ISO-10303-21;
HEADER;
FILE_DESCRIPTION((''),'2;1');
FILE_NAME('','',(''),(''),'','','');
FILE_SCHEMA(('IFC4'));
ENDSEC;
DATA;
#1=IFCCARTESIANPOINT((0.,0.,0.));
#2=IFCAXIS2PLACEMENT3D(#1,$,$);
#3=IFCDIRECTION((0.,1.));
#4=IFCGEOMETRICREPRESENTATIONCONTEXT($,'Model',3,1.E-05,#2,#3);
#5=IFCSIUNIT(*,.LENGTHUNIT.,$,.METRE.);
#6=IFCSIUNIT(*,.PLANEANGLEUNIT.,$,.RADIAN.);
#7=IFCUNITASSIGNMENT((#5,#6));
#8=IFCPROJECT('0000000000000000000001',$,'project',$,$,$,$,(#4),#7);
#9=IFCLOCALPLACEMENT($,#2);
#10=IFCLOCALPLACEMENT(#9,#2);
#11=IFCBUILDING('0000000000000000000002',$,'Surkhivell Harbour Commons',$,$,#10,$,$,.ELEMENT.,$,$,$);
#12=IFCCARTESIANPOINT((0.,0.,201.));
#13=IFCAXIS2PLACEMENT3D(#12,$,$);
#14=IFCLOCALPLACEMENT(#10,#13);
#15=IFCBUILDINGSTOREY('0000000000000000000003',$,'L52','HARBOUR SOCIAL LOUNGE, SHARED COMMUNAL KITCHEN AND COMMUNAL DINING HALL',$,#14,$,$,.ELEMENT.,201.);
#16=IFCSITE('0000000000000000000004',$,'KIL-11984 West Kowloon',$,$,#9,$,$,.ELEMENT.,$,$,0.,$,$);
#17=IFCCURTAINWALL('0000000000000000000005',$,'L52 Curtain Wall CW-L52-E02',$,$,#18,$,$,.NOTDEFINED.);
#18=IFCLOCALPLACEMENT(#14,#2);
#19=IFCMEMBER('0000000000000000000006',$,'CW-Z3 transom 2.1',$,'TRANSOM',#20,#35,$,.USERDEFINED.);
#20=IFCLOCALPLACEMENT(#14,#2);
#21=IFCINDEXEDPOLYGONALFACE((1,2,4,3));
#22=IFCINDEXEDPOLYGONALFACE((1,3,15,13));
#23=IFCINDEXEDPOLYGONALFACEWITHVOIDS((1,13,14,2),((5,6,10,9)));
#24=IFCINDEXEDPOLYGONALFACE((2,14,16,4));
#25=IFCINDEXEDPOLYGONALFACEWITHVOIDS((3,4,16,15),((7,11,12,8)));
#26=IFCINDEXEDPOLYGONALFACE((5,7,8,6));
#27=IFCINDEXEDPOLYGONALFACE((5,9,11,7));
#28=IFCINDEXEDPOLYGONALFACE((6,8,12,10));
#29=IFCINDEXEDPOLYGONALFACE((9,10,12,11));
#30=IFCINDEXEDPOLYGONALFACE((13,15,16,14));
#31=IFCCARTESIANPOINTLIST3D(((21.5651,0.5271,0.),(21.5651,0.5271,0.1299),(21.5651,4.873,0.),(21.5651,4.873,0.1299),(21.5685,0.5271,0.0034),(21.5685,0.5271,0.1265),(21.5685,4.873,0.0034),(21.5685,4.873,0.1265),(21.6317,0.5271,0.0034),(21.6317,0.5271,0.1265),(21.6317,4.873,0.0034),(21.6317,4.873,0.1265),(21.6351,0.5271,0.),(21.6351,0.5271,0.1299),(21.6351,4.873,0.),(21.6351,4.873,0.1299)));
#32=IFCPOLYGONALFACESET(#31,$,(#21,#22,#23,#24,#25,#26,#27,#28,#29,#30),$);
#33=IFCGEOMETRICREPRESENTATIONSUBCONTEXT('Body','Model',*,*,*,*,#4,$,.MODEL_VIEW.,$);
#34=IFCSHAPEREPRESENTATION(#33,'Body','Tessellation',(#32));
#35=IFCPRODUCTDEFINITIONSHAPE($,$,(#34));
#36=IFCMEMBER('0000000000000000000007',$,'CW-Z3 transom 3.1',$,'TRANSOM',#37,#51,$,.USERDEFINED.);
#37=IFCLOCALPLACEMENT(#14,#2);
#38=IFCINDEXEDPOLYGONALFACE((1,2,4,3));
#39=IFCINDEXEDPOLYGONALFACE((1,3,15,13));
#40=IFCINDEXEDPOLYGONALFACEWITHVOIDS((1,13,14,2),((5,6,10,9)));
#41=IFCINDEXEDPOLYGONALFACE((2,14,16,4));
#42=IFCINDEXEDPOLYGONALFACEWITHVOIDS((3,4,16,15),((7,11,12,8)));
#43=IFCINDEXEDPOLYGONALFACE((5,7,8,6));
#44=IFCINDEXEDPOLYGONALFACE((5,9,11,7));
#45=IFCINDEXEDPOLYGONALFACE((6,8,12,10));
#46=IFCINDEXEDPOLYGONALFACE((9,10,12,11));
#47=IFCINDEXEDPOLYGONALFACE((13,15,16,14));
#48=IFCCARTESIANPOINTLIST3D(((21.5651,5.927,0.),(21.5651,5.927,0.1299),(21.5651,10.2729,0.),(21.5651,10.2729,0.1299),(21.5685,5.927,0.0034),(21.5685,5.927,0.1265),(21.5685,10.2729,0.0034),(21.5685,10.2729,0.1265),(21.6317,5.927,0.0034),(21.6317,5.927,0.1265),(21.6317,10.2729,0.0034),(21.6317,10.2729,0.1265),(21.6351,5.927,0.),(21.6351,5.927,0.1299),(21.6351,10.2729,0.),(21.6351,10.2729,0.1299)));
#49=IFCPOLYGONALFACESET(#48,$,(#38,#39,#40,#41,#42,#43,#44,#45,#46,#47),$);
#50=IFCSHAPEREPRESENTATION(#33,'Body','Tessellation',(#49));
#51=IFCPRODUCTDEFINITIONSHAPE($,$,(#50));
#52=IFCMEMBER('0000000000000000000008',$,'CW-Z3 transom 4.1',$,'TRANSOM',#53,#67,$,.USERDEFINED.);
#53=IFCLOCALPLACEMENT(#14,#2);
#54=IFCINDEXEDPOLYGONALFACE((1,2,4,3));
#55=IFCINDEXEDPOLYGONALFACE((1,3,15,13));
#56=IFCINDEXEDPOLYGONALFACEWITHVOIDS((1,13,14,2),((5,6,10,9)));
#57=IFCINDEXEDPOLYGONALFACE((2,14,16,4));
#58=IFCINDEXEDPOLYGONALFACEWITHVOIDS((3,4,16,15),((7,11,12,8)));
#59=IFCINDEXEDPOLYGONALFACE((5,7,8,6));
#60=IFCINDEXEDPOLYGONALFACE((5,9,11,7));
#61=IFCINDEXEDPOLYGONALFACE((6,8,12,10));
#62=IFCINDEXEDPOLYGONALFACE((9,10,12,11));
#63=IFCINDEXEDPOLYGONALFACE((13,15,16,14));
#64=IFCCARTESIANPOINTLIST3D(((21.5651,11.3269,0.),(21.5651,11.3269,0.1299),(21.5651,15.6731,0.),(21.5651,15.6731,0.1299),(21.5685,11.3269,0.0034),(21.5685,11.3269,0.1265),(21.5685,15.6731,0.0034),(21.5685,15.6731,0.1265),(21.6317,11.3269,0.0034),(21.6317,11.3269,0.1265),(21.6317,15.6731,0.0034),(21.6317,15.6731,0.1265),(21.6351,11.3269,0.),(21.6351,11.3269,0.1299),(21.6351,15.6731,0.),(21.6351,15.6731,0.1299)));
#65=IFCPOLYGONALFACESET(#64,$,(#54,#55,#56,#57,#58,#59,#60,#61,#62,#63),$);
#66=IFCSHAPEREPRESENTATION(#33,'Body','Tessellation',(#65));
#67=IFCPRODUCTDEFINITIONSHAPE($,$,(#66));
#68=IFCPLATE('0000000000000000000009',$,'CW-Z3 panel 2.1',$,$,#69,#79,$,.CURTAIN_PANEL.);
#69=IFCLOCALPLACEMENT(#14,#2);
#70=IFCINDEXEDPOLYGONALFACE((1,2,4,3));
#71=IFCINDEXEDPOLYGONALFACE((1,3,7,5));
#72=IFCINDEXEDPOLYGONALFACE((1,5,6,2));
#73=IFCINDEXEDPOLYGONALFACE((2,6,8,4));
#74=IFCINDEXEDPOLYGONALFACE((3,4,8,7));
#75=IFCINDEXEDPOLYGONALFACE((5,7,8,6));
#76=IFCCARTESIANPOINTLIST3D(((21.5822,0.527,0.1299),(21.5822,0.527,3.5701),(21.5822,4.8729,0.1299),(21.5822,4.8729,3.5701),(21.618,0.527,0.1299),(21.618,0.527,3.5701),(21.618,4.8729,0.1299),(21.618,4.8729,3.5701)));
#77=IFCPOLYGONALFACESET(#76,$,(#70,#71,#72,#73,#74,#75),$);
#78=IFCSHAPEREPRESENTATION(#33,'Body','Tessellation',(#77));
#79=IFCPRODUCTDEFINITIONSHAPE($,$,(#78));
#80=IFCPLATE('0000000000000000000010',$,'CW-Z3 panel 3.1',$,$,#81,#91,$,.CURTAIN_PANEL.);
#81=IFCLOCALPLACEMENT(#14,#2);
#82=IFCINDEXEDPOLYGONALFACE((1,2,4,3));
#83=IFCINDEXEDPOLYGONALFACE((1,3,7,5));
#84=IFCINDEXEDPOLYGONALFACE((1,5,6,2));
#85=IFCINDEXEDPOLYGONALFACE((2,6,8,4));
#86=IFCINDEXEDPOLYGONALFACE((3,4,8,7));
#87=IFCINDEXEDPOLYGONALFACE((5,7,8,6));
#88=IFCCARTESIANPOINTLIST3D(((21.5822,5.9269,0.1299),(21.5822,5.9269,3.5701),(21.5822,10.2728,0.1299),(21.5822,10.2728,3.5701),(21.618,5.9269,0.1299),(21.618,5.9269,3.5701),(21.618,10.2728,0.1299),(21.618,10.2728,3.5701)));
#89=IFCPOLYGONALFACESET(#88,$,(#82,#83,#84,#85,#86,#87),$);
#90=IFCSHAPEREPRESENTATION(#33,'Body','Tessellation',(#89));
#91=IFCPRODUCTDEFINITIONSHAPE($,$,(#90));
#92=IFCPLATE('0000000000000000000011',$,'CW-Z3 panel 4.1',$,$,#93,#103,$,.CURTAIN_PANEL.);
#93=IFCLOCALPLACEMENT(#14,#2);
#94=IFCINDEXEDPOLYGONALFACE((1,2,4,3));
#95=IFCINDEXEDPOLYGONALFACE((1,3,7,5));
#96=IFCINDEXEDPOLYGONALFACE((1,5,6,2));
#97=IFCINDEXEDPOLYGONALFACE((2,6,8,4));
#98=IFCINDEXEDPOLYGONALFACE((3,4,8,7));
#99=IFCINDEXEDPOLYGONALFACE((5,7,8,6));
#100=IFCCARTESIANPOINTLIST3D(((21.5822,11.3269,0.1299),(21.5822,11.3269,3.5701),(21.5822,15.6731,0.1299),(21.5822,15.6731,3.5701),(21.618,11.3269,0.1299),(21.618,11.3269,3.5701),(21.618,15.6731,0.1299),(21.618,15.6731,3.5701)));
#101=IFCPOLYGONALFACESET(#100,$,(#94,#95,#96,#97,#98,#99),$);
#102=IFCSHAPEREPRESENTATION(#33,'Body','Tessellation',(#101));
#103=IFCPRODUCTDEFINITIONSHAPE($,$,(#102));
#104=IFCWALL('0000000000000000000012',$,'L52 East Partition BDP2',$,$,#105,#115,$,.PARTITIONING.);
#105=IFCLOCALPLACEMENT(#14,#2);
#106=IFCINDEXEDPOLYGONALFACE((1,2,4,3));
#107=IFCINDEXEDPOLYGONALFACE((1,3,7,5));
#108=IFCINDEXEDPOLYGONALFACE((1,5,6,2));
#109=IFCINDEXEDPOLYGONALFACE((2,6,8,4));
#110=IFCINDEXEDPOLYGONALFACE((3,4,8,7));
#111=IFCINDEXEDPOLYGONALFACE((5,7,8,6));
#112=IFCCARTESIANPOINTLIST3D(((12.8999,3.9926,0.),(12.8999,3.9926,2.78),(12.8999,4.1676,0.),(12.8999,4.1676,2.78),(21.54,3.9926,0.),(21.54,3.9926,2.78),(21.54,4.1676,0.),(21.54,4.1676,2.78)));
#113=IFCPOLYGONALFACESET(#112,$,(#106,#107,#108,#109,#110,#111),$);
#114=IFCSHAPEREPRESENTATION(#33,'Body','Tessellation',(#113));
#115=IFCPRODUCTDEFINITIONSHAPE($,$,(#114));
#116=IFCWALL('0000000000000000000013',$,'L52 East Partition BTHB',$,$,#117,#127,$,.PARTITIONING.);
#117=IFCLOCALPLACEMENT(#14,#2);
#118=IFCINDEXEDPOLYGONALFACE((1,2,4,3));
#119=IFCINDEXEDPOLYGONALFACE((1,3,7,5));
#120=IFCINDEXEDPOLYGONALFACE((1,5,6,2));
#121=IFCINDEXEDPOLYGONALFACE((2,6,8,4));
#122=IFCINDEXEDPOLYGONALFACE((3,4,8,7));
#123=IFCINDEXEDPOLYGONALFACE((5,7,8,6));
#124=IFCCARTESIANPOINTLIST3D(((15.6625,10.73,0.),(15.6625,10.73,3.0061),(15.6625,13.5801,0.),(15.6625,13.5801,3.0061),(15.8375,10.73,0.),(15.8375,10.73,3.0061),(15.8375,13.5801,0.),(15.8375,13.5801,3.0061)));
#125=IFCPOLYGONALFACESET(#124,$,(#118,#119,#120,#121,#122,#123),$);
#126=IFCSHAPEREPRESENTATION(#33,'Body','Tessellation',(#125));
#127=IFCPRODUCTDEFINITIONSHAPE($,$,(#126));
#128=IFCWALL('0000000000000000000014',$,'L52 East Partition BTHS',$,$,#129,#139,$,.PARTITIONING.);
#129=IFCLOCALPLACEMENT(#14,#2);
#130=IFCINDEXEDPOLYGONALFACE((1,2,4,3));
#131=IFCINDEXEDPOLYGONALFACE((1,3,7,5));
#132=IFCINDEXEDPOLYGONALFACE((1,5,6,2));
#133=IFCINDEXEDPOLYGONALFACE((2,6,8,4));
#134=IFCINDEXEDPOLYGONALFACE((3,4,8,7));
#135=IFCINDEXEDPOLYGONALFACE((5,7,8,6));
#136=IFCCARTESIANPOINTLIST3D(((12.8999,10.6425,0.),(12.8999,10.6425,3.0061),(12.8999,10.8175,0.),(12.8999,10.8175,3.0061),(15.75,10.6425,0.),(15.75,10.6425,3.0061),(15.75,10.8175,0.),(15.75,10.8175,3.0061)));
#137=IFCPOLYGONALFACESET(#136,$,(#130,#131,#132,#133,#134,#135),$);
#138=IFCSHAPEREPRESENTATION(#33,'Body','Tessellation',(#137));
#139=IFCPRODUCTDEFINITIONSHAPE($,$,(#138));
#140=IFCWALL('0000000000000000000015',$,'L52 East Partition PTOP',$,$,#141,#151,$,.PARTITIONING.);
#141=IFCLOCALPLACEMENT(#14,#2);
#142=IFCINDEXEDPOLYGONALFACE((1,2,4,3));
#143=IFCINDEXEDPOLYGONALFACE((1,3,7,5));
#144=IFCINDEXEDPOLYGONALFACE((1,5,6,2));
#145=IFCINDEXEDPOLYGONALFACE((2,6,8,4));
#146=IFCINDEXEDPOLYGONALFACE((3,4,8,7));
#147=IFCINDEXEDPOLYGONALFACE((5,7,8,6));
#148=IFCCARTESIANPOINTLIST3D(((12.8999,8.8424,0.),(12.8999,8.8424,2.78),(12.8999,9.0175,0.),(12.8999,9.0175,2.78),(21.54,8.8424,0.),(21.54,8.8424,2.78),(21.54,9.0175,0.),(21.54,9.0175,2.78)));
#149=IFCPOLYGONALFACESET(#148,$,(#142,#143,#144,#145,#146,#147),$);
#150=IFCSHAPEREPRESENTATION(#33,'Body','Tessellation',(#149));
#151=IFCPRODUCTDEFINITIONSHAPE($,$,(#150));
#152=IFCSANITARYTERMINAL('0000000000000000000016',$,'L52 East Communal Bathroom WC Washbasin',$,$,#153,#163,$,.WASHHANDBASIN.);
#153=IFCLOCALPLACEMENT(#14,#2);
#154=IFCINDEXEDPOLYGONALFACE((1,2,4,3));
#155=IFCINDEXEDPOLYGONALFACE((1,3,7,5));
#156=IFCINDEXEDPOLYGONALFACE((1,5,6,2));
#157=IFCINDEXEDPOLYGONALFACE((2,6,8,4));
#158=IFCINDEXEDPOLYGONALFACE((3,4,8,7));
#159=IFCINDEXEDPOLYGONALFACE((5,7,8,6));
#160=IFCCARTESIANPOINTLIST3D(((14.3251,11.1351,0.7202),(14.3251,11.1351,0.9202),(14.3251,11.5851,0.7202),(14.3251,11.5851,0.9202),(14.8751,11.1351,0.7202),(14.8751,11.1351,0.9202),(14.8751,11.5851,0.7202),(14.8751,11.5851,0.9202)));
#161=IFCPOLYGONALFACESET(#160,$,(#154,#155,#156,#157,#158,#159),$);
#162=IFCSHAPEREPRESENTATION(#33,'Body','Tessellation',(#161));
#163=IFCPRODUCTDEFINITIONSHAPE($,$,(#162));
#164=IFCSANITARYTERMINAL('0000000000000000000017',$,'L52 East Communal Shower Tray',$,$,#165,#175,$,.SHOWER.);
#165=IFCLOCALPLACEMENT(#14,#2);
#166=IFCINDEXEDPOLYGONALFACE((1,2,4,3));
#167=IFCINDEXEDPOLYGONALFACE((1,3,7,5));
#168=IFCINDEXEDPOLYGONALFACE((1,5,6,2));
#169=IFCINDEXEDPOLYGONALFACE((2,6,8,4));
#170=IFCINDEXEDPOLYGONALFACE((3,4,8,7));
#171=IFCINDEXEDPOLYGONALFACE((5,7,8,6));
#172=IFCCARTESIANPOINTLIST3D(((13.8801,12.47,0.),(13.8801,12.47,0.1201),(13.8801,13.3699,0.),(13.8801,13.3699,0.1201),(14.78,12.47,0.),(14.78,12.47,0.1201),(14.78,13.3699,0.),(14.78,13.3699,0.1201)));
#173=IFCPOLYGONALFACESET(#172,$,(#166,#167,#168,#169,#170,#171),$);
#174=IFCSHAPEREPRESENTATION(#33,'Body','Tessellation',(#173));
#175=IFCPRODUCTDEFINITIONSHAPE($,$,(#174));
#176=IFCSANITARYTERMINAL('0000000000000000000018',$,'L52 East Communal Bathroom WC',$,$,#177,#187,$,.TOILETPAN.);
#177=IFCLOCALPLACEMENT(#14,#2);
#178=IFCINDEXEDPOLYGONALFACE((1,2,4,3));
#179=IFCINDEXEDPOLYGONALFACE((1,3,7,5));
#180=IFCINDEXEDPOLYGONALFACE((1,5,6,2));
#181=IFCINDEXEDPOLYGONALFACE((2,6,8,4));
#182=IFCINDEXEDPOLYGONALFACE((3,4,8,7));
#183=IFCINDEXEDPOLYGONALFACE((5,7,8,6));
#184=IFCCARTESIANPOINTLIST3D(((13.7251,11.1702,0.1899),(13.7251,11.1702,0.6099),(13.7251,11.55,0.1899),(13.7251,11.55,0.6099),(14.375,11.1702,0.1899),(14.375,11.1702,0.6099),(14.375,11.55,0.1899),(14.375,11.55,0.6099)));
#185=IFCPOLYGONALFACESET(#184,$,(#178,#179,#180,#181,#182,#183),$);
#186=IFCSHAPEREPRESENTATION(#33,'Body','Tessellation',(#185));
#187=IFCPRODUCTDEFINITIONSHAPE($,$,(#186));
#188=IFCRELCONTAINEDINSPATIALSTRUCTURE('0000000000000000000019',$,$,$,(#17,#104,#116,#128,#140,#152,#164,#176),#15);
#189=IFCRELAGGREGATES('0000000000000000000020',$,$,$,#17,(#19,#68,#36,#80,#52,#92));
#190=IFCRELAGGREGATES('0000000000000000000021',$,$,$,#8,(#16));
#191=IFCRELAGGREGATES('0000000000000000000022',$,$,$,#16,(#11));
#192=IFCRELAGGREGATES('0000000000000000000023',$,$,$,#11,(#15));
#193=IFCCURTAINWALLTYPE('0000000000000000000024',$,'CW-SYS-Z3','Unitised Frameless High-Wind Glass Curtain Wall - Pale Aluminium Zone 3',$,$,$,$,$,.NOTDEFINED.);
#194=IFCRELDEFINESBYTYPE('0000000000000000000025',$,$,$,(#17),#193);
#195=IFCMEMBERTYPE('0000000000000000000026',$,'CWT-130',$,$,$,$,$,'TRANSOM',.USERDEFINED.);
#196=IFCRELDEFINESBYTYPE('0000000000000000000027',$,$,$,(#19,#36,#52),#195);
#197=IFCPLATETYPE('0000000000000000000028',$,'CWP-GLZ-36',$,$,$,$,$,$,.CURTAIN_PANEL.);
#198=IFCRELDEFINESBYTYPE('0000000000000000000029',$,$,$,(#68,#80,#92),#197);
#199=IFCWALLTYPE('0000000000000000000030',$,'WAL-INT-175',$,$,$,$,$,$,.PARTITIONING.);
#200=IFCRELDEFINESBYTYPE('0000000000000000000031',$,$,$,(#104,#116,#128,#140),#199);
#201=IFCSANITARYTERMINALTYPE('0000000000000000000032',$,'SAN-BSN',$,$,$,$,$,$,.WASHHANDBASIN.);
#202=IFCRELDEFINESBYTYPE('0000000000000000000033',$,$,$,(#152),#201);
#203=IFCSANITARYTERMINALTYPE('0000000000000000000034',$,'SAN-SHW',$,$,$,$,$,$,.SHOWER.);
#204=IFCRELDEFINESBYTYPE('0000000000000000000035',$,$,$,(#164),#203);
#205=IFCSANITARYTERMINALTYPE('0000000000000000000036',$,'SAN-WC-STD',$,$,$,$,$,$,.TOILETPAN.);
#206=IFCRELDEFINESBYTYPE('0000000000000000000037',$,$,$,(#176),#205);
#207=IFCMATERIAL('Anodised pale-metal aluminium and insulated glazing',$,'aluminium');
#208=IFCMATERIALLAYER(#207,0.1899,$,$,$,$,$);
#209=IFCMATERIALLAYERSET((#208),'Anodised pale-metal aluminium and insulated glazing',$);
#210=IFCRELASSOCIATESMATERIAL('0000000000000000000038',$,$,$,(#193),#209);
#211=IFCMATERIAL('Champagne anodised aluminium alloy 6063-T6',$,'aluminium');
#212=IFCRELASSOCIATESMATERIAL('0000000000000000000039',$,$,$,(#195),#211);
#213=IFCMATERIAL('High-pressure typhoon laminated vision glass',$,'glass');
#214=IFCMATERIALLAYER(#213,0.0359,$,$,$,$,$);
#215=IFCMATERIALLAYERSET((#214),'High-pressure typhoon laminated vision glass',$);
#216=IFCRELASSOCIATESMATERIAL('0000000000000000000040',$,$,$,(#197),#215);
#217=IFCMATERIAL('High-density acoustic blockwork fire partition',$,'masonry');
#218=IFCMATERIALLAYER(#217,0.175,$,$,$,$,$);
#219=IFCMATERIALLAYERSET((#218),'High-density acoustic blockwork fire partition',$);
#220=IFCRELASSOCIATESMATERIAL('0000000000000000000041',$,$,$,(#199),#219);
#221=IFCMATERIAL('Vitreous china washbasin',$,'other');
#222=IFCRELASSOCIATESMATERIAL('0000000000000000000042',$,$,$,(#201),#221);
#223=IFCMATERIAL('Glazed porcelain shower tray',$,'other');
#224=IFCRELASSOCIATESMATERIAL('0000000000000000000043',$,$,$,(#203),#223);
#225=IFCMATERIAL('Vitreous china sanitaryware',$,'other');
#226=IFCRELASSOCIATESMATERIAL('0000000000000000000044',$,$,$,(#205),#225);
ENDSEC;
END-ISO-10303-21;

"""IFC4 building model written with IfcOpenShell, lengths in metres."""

from ifc_helpers import new_model, si_unit, direction, frame, frame_2d, origin, origin_2d, place, context, subcontext, project, spatial, rectangle, hollow_rectangle, extrude, material, layer, layer_set, material_profile, profile_set, type_object, element, aggregate, save


model = new_model("IFC4")

# Units and contexts
model_context = context("Model", 3, precision=1e-05, world=origin(), true_north=direction((0.0, 1.0)))
body_context = subcontext(model_context, "Body", "Model", "MODEL_VIEW")
ifc_project = project(units=[si_unit("LENGTHUNIT", "METRE"), si_unit("PLANEANGLEUNIT", "RADIAN")], contexts=[model_context])

# Site, building, storey
site_placement = place(None, origin())
site = spatial("IfcSite", under=ifc_project, at=site_placement, Name="KIL-11984 West Kowloon", CompositionType="ELEMENT", RefElevation=0.0)
building_placement = place(site_placement, origin())
building = spatial("IfcBuilding", under=site, at=building_placement, Name="Surkhivell Harbour Commons", CompositionType="ELEMENT")
storey_placement = place(building_placement, frame((0.0, 0.0, 201.0)))
storey = spatial("IfcBuildingStorey", under=building, at=storey_placement, Name="L52", Description="HARBOUR SOCIAL LOUNGE, SHARED COMMUNAL KITCHEN AND COMMUNAL DINING HALL", CompositionType="ELEMENT", Elevation=201.0)

# Curtain wall, members, plates
ifc_material_1 = material(Name="Anodised pale-metal aluminium and insulated glazing", Category="aluminium")
ifc_layer_1 = layer(ifc_material_1, 0.1899)
ifc_layer_set_1 = layer_set([ifc_layer_1], Name="Anodised pale-metal aluminium and insulated glazing")
curtain_wall_type = type_object("IfcCurtainWallType", Name="CW-SYS-Z3", Description="Unitised Frameless High-Wind Glass Curtain Wall - Pale Aluminium Zone 3", PredefinedType="NOTDEFINED", material=ifc_layer_set_1)
curtain_wall_placement = place(storey_placement, origin())
curtain_wall = element("IfcCurtainWall", 1, at=curtain_wall_placement, inside=storey, type_object=curtain_wall_type, Name="L52 Curtain Wall CW-L52-E02", PredefinedType="NOTDEFINED")
ifc_material_2 = material(Name="Champagne anodised aluminium alloy 6063-T6", Category="aluminium")
ifc_material_profile_1 = material_profile(ifc_material_2, hollow_rectangle(XDim=0.0701, YDim=0.1299, WallThickness=0.0034, at=origin_2d()), Name="ALU-TRAN-70x130")
ifc_profile_set_1 = profile_set([ifc_material_profile_1], Name="Champagne anodised aluminium alloy 6063-T6")
member_type_1 = type_object("IfcMemberType", Name="CWT-130", ElementType="TRANSOM", PredefinedType="USERDEFINED", material=ifc_profile_set_1)
member_1_placement = place(storey_placement, frame((21.6001, 0.5271, 0.0649), z_axis=(0.0, 1.0, 0.0), x_axis=(-1.0, 0.0, 0.0)))
member_1 = element("IfcMember", 2, at=member_1_placement, type_object=member_type_1, Name="CW-Z3 transom 2.1", ObjectType="TRANSOM", PredefinedType="USERDEFINED", context=body_context, shape_type="SweptSolid", body=[
    extrude(hollow_rectangle(XDim=0.0701, YDim=0.1299, WallThickness=0.0034, at=origin_2d()), origin(), (0.0, 0.0, 1.0), 4.3459),
])
member_2_placement = place(storey_placement, frame((21.6001, 5.927, 0.0649), z_axis=(0.0, 1.0, 0.0), x_axis=(-1.0, 0.0, 0.0)))
member_2 = element("IfcMember", 3, at=member_2_placement, type_object=member_type_1, Name="CW-Z3 transom 3.1", ObjectType="TRANSOM", PredefinedType="USERDEFINED", context=body_context, shape_type="SweptSolid", body=[
    extrude(hollow_rectangle(XDim=0.0701, YDim=0.1299, WallThickness=0.0034, at=origin_2d()), origin(), (0.0, 0.0, 1.0), 4.3459),
])
member_3_placement = place(storey_placement, frame((21.6001, 11.3269, 0.0649), z_axis=(0.0, 1.0, 0.0), x_axis=(-1.0, 0.0, 0.0)))
member_3 = element("IfcMember", 4, at=member_3_placement, type_object=member_type_1, Name="CW-Z3 transom 4.1", ObjectType="TRANSOM", PredefinedType="USERDEFINED", context=body_context, shape_type="SweptSolid", body=[
    extrude(hollow_rectangle(XDim=0.0701, YDim=0.1299, WallThickness=0.0034, at=origin_2d()), origin(), (0.0, 0.0, 1.0), 4.3462),
])
ifc_material_3 = material(Name="High-pressure typhoon laminated vision glass", Category="glass")
ifc_layer_2 = layer(ifc_material_3, 0.0359)
ifc_layer_set_2 = layer_set([ifc_layer_2], Name="High-pressure typhoon laminated vision glass")
plate_type = type_object("IfcPlateType", Name="CWP-GLZ-36", PredefinedType="CURTAIN_PANEL", material=ifc_layer_set_2)
plate_1_placement = place(storey_placement, frame((21.6001, 0.5271, 0.1299), z_axis=(0.0, 0.0, 1.0), x_axis=(0.0, 1.0, 0.0)))
plate_1 = element("IfcPlate", 5, at=plate_1_placement, type_object=plate_type, Name="CW-Z3 panel 2.1", PredefinedType="CURTAIN_PANEL", context=body_context, shape_type="SweptSolid", body=[
    extrude(rectangle(XDim=4.3459, YDim=0.0359, at=frame_2d((2.1729, 0.0))), origin(), (0.0, 0.0, 1.0), 3.4402),
])
plate_2_placement = place(storey_placement, frame((21.6001, 5.927, 0.1299), z_axis=(0.0, 0.0, 1.0), x_axis=(0.0, 1.0, 0.0)))
plate_2 = element("IfcPlate", 6, at=plate_2_placement, type_object=plate_type, Name="CW-Z3 panel 3.1", PredefinedType="CURTAIN_PANEL", context=body_context, shape_type="SweptSolid", body=[
    extrude(rectangle(XDim=4.3459, YDim=0.0359, at=frame_2d((2.1729, 0.0))), origin(), (0.0, 0.0, 1.0), 3.4402),
])
plate_3_placement = place(storey_placement, frame((21.6001, 11.3269, 0.1299), z_axis=(0.0, 0.0, 1.0), x_axis=(0.0, 1.0, 0.0)))
plate_3 = element("IfcPlate", 7, at=plate_3_placement, type_object=plate_type, Name="CW-Z3 panel 4.1", PredefinedType="CURTAIN_PANEL", context=body_context, shape_type="SweptSolid", body=[
    extrude(rectangle(XDim=4.3462, YDim=0.0359, at=frame_2d((2.1731, 0.0))), origin(), (0.0, 0.0, 1.0), 3.4402),
])
aggregate(curtain_wall, [member_1, plate_1, member_2, plate_2, member_3, plate_3])

# Walls
ifc_material_4 = material(Name="High-density acoustic blockwork fire partition", Category="masonry")
ifc_layer_3 = layer(ifc_material_4, 0.175)
ifc_layer_set_3 = layer_set([ifc_layer_3], Name="High-density acoustic blockwork fire partition")
wall_type = type_object("IfcWallType", Name="WAL-INT-175", PredefinedType="PARTITIONING", material=ifc_layer_set_3)
wall_1_placement = place(storey_placement, frame((12.8999, 4.0801, 0.0), z_axis=(0.0, 0.0, 1.0), x_axis=(1.0, 0.0, 0.0)))
element("IfcWall", 8, at=wall_1_placement, inside=storey, type_object=wall_type, Name="L52 East Partition BDP2", PredefinedType="PARTITIONING", context=body_context, shape_type="SweptSolid", body=[
    extrude(rectangle(XDim=8.6401, YDim=0.175, at=frame_2d((4.3201, 0.0))), origin(), (0.0, 0.0, 1.0), 2.78),
])
for number, where, z_axis, x_axis, name in (
    (9, (15.75, 10.73, 0.0), (0.0, 0.0, 1.0), (0.0, 1.0, 0.0), "L52 East Partition BTHB"),
    (10, (12.8999, 10.73, 0.0), (0.0, 0.0, 1.0), (1.0, 0.0, 0.0), "L52 East Partition BTHS"),
):
    element("IfcWall", number, at=place(storey_placement, frame(where, z_axis=z_axis, x_axis=x_axis)), inside=storey, type_object=wall_type, Name=name, PredefinedType="PARTITIONING", context=body_context, shape_type="SweptSolid", body=[
        extrude(rectangle(XDim=2.8501, YDim=0.175, at=frame_2d((1.425, 0.0))), origin(), (0.0, 0.0, 1.0), 3.0061),
    ])
wall_2_placement = place(storey_placement, frame((12.8999, 8.9299, 0.0), z_axis=(0.0, 0.0, 1.0), x_axis=(1.0, 0.0, 0.0)))
element("IfcWall", 11, at=wall_2_placement, inside=storey, type_object=wall_type, Name="L52 East Partition PTOP", PredefinedType="PARTITIONING", context=body_context, shape_type="SweptSolid", body=[
    extrude(rectangle(XDim=8.6401, YDim=0.175, at=frame_2d((4.3201, 0.0))), origin(), (0.0, 0.0, 1.0), 2.78),
])

# Sanitary terminals
ifc_material_5 = material(Name="Vitreous china washbasin", Category="other")
sanitary_terminal_type_1 = type_object("IfcSanitaryTerminalType", Name="SAN-BSN", PredefinedType="WASHHANDBASIN", material=ifc_material_5)
sanitary_terminal_1_placement = place(storey_placement, frame((14.6001, 11.3601, 0.7202), z_axis=(0.0, 0.0, 1.0), x_axis=(1.0, 0.0, 0.0)))
element("IfcSanitaryTerminal", 12, at=sanitary_terminal_1_placement, inside=storey, type_object=sanitary_terminal_type_1, Name="L52 East Communal Bathroom WC Washbasin", PredefinedType="WASHHANDBASIN", context=body_context, shape_type="SweptSolid", body=[
    extrude(rectangle(XDim=0.55, YDim=0.45, at=origin_2d()), origin(), (0.0, 0.0, 1.0), 0.2),
])
ifc_material_6 = material(Name="Glazed porcelain shower tray", Category="other")
sanitary_terminal_type_2 = type_object("IfcSanitaryTerminalType", Name="SAN-SHW", PredefinedType="SHOWER", material=ifc_material_6)
sanitary_terminal_2_placement = place(storey_placement, frame((14.3301, 12.9199, 0.0), z_axis=(0.0, 0.0, 1.0), x_axis=(1.0, 0.0, 0.0)))
element("IfcSanitaryTerminal", 13, at=sanitary_terminal_2_placement, inside=storey, type_object=sanitary_terminal_type_2, Name="L52 East Communal Shower Tray", PredefinedType="SHOWER", context=body_context, shape_type="SweptSolid", body=[
    extrude(rectangle(XDim=0.8999, YDim=0.8999, at=origin_2d()), origin(), (0.0, 0.0, 1.0), 0.1201),
])
ifc_material_7 = material(Name="Vitreous china sanitaryware", Category="other")
sanitary_terminal_type_3 = type_object("IfcSanitaryTerminalType", Name="SAN-WC-STD", PredefinedType="TOILETPAN", material=ifc_material_7)
sanitary_terminal_3_placement = place(storey_placement, frame((14.05, 11.3601, 0.1899), z_axis=(0.0, 0.0, 1.0), x_axis=(1.0, 0.0, 0.0)))
element("IfcSanitaryTerminal", 14, at=sanitary_terminal_3_placement, inside=storey, type_object=sanitary_terminal_type_3, Name="L52 East Communal Bathroom WC", PredefinedType="TOILETPAN", context=body_context, shape_type="SweptSolid", body=[
    extrude(rectangle(XDim=0.6499, YDim=0.3799, at=origin_2d()), origin(), (0.0, 0.0, 1.0), 0.4199),
])

save(model, "model.ifc")
